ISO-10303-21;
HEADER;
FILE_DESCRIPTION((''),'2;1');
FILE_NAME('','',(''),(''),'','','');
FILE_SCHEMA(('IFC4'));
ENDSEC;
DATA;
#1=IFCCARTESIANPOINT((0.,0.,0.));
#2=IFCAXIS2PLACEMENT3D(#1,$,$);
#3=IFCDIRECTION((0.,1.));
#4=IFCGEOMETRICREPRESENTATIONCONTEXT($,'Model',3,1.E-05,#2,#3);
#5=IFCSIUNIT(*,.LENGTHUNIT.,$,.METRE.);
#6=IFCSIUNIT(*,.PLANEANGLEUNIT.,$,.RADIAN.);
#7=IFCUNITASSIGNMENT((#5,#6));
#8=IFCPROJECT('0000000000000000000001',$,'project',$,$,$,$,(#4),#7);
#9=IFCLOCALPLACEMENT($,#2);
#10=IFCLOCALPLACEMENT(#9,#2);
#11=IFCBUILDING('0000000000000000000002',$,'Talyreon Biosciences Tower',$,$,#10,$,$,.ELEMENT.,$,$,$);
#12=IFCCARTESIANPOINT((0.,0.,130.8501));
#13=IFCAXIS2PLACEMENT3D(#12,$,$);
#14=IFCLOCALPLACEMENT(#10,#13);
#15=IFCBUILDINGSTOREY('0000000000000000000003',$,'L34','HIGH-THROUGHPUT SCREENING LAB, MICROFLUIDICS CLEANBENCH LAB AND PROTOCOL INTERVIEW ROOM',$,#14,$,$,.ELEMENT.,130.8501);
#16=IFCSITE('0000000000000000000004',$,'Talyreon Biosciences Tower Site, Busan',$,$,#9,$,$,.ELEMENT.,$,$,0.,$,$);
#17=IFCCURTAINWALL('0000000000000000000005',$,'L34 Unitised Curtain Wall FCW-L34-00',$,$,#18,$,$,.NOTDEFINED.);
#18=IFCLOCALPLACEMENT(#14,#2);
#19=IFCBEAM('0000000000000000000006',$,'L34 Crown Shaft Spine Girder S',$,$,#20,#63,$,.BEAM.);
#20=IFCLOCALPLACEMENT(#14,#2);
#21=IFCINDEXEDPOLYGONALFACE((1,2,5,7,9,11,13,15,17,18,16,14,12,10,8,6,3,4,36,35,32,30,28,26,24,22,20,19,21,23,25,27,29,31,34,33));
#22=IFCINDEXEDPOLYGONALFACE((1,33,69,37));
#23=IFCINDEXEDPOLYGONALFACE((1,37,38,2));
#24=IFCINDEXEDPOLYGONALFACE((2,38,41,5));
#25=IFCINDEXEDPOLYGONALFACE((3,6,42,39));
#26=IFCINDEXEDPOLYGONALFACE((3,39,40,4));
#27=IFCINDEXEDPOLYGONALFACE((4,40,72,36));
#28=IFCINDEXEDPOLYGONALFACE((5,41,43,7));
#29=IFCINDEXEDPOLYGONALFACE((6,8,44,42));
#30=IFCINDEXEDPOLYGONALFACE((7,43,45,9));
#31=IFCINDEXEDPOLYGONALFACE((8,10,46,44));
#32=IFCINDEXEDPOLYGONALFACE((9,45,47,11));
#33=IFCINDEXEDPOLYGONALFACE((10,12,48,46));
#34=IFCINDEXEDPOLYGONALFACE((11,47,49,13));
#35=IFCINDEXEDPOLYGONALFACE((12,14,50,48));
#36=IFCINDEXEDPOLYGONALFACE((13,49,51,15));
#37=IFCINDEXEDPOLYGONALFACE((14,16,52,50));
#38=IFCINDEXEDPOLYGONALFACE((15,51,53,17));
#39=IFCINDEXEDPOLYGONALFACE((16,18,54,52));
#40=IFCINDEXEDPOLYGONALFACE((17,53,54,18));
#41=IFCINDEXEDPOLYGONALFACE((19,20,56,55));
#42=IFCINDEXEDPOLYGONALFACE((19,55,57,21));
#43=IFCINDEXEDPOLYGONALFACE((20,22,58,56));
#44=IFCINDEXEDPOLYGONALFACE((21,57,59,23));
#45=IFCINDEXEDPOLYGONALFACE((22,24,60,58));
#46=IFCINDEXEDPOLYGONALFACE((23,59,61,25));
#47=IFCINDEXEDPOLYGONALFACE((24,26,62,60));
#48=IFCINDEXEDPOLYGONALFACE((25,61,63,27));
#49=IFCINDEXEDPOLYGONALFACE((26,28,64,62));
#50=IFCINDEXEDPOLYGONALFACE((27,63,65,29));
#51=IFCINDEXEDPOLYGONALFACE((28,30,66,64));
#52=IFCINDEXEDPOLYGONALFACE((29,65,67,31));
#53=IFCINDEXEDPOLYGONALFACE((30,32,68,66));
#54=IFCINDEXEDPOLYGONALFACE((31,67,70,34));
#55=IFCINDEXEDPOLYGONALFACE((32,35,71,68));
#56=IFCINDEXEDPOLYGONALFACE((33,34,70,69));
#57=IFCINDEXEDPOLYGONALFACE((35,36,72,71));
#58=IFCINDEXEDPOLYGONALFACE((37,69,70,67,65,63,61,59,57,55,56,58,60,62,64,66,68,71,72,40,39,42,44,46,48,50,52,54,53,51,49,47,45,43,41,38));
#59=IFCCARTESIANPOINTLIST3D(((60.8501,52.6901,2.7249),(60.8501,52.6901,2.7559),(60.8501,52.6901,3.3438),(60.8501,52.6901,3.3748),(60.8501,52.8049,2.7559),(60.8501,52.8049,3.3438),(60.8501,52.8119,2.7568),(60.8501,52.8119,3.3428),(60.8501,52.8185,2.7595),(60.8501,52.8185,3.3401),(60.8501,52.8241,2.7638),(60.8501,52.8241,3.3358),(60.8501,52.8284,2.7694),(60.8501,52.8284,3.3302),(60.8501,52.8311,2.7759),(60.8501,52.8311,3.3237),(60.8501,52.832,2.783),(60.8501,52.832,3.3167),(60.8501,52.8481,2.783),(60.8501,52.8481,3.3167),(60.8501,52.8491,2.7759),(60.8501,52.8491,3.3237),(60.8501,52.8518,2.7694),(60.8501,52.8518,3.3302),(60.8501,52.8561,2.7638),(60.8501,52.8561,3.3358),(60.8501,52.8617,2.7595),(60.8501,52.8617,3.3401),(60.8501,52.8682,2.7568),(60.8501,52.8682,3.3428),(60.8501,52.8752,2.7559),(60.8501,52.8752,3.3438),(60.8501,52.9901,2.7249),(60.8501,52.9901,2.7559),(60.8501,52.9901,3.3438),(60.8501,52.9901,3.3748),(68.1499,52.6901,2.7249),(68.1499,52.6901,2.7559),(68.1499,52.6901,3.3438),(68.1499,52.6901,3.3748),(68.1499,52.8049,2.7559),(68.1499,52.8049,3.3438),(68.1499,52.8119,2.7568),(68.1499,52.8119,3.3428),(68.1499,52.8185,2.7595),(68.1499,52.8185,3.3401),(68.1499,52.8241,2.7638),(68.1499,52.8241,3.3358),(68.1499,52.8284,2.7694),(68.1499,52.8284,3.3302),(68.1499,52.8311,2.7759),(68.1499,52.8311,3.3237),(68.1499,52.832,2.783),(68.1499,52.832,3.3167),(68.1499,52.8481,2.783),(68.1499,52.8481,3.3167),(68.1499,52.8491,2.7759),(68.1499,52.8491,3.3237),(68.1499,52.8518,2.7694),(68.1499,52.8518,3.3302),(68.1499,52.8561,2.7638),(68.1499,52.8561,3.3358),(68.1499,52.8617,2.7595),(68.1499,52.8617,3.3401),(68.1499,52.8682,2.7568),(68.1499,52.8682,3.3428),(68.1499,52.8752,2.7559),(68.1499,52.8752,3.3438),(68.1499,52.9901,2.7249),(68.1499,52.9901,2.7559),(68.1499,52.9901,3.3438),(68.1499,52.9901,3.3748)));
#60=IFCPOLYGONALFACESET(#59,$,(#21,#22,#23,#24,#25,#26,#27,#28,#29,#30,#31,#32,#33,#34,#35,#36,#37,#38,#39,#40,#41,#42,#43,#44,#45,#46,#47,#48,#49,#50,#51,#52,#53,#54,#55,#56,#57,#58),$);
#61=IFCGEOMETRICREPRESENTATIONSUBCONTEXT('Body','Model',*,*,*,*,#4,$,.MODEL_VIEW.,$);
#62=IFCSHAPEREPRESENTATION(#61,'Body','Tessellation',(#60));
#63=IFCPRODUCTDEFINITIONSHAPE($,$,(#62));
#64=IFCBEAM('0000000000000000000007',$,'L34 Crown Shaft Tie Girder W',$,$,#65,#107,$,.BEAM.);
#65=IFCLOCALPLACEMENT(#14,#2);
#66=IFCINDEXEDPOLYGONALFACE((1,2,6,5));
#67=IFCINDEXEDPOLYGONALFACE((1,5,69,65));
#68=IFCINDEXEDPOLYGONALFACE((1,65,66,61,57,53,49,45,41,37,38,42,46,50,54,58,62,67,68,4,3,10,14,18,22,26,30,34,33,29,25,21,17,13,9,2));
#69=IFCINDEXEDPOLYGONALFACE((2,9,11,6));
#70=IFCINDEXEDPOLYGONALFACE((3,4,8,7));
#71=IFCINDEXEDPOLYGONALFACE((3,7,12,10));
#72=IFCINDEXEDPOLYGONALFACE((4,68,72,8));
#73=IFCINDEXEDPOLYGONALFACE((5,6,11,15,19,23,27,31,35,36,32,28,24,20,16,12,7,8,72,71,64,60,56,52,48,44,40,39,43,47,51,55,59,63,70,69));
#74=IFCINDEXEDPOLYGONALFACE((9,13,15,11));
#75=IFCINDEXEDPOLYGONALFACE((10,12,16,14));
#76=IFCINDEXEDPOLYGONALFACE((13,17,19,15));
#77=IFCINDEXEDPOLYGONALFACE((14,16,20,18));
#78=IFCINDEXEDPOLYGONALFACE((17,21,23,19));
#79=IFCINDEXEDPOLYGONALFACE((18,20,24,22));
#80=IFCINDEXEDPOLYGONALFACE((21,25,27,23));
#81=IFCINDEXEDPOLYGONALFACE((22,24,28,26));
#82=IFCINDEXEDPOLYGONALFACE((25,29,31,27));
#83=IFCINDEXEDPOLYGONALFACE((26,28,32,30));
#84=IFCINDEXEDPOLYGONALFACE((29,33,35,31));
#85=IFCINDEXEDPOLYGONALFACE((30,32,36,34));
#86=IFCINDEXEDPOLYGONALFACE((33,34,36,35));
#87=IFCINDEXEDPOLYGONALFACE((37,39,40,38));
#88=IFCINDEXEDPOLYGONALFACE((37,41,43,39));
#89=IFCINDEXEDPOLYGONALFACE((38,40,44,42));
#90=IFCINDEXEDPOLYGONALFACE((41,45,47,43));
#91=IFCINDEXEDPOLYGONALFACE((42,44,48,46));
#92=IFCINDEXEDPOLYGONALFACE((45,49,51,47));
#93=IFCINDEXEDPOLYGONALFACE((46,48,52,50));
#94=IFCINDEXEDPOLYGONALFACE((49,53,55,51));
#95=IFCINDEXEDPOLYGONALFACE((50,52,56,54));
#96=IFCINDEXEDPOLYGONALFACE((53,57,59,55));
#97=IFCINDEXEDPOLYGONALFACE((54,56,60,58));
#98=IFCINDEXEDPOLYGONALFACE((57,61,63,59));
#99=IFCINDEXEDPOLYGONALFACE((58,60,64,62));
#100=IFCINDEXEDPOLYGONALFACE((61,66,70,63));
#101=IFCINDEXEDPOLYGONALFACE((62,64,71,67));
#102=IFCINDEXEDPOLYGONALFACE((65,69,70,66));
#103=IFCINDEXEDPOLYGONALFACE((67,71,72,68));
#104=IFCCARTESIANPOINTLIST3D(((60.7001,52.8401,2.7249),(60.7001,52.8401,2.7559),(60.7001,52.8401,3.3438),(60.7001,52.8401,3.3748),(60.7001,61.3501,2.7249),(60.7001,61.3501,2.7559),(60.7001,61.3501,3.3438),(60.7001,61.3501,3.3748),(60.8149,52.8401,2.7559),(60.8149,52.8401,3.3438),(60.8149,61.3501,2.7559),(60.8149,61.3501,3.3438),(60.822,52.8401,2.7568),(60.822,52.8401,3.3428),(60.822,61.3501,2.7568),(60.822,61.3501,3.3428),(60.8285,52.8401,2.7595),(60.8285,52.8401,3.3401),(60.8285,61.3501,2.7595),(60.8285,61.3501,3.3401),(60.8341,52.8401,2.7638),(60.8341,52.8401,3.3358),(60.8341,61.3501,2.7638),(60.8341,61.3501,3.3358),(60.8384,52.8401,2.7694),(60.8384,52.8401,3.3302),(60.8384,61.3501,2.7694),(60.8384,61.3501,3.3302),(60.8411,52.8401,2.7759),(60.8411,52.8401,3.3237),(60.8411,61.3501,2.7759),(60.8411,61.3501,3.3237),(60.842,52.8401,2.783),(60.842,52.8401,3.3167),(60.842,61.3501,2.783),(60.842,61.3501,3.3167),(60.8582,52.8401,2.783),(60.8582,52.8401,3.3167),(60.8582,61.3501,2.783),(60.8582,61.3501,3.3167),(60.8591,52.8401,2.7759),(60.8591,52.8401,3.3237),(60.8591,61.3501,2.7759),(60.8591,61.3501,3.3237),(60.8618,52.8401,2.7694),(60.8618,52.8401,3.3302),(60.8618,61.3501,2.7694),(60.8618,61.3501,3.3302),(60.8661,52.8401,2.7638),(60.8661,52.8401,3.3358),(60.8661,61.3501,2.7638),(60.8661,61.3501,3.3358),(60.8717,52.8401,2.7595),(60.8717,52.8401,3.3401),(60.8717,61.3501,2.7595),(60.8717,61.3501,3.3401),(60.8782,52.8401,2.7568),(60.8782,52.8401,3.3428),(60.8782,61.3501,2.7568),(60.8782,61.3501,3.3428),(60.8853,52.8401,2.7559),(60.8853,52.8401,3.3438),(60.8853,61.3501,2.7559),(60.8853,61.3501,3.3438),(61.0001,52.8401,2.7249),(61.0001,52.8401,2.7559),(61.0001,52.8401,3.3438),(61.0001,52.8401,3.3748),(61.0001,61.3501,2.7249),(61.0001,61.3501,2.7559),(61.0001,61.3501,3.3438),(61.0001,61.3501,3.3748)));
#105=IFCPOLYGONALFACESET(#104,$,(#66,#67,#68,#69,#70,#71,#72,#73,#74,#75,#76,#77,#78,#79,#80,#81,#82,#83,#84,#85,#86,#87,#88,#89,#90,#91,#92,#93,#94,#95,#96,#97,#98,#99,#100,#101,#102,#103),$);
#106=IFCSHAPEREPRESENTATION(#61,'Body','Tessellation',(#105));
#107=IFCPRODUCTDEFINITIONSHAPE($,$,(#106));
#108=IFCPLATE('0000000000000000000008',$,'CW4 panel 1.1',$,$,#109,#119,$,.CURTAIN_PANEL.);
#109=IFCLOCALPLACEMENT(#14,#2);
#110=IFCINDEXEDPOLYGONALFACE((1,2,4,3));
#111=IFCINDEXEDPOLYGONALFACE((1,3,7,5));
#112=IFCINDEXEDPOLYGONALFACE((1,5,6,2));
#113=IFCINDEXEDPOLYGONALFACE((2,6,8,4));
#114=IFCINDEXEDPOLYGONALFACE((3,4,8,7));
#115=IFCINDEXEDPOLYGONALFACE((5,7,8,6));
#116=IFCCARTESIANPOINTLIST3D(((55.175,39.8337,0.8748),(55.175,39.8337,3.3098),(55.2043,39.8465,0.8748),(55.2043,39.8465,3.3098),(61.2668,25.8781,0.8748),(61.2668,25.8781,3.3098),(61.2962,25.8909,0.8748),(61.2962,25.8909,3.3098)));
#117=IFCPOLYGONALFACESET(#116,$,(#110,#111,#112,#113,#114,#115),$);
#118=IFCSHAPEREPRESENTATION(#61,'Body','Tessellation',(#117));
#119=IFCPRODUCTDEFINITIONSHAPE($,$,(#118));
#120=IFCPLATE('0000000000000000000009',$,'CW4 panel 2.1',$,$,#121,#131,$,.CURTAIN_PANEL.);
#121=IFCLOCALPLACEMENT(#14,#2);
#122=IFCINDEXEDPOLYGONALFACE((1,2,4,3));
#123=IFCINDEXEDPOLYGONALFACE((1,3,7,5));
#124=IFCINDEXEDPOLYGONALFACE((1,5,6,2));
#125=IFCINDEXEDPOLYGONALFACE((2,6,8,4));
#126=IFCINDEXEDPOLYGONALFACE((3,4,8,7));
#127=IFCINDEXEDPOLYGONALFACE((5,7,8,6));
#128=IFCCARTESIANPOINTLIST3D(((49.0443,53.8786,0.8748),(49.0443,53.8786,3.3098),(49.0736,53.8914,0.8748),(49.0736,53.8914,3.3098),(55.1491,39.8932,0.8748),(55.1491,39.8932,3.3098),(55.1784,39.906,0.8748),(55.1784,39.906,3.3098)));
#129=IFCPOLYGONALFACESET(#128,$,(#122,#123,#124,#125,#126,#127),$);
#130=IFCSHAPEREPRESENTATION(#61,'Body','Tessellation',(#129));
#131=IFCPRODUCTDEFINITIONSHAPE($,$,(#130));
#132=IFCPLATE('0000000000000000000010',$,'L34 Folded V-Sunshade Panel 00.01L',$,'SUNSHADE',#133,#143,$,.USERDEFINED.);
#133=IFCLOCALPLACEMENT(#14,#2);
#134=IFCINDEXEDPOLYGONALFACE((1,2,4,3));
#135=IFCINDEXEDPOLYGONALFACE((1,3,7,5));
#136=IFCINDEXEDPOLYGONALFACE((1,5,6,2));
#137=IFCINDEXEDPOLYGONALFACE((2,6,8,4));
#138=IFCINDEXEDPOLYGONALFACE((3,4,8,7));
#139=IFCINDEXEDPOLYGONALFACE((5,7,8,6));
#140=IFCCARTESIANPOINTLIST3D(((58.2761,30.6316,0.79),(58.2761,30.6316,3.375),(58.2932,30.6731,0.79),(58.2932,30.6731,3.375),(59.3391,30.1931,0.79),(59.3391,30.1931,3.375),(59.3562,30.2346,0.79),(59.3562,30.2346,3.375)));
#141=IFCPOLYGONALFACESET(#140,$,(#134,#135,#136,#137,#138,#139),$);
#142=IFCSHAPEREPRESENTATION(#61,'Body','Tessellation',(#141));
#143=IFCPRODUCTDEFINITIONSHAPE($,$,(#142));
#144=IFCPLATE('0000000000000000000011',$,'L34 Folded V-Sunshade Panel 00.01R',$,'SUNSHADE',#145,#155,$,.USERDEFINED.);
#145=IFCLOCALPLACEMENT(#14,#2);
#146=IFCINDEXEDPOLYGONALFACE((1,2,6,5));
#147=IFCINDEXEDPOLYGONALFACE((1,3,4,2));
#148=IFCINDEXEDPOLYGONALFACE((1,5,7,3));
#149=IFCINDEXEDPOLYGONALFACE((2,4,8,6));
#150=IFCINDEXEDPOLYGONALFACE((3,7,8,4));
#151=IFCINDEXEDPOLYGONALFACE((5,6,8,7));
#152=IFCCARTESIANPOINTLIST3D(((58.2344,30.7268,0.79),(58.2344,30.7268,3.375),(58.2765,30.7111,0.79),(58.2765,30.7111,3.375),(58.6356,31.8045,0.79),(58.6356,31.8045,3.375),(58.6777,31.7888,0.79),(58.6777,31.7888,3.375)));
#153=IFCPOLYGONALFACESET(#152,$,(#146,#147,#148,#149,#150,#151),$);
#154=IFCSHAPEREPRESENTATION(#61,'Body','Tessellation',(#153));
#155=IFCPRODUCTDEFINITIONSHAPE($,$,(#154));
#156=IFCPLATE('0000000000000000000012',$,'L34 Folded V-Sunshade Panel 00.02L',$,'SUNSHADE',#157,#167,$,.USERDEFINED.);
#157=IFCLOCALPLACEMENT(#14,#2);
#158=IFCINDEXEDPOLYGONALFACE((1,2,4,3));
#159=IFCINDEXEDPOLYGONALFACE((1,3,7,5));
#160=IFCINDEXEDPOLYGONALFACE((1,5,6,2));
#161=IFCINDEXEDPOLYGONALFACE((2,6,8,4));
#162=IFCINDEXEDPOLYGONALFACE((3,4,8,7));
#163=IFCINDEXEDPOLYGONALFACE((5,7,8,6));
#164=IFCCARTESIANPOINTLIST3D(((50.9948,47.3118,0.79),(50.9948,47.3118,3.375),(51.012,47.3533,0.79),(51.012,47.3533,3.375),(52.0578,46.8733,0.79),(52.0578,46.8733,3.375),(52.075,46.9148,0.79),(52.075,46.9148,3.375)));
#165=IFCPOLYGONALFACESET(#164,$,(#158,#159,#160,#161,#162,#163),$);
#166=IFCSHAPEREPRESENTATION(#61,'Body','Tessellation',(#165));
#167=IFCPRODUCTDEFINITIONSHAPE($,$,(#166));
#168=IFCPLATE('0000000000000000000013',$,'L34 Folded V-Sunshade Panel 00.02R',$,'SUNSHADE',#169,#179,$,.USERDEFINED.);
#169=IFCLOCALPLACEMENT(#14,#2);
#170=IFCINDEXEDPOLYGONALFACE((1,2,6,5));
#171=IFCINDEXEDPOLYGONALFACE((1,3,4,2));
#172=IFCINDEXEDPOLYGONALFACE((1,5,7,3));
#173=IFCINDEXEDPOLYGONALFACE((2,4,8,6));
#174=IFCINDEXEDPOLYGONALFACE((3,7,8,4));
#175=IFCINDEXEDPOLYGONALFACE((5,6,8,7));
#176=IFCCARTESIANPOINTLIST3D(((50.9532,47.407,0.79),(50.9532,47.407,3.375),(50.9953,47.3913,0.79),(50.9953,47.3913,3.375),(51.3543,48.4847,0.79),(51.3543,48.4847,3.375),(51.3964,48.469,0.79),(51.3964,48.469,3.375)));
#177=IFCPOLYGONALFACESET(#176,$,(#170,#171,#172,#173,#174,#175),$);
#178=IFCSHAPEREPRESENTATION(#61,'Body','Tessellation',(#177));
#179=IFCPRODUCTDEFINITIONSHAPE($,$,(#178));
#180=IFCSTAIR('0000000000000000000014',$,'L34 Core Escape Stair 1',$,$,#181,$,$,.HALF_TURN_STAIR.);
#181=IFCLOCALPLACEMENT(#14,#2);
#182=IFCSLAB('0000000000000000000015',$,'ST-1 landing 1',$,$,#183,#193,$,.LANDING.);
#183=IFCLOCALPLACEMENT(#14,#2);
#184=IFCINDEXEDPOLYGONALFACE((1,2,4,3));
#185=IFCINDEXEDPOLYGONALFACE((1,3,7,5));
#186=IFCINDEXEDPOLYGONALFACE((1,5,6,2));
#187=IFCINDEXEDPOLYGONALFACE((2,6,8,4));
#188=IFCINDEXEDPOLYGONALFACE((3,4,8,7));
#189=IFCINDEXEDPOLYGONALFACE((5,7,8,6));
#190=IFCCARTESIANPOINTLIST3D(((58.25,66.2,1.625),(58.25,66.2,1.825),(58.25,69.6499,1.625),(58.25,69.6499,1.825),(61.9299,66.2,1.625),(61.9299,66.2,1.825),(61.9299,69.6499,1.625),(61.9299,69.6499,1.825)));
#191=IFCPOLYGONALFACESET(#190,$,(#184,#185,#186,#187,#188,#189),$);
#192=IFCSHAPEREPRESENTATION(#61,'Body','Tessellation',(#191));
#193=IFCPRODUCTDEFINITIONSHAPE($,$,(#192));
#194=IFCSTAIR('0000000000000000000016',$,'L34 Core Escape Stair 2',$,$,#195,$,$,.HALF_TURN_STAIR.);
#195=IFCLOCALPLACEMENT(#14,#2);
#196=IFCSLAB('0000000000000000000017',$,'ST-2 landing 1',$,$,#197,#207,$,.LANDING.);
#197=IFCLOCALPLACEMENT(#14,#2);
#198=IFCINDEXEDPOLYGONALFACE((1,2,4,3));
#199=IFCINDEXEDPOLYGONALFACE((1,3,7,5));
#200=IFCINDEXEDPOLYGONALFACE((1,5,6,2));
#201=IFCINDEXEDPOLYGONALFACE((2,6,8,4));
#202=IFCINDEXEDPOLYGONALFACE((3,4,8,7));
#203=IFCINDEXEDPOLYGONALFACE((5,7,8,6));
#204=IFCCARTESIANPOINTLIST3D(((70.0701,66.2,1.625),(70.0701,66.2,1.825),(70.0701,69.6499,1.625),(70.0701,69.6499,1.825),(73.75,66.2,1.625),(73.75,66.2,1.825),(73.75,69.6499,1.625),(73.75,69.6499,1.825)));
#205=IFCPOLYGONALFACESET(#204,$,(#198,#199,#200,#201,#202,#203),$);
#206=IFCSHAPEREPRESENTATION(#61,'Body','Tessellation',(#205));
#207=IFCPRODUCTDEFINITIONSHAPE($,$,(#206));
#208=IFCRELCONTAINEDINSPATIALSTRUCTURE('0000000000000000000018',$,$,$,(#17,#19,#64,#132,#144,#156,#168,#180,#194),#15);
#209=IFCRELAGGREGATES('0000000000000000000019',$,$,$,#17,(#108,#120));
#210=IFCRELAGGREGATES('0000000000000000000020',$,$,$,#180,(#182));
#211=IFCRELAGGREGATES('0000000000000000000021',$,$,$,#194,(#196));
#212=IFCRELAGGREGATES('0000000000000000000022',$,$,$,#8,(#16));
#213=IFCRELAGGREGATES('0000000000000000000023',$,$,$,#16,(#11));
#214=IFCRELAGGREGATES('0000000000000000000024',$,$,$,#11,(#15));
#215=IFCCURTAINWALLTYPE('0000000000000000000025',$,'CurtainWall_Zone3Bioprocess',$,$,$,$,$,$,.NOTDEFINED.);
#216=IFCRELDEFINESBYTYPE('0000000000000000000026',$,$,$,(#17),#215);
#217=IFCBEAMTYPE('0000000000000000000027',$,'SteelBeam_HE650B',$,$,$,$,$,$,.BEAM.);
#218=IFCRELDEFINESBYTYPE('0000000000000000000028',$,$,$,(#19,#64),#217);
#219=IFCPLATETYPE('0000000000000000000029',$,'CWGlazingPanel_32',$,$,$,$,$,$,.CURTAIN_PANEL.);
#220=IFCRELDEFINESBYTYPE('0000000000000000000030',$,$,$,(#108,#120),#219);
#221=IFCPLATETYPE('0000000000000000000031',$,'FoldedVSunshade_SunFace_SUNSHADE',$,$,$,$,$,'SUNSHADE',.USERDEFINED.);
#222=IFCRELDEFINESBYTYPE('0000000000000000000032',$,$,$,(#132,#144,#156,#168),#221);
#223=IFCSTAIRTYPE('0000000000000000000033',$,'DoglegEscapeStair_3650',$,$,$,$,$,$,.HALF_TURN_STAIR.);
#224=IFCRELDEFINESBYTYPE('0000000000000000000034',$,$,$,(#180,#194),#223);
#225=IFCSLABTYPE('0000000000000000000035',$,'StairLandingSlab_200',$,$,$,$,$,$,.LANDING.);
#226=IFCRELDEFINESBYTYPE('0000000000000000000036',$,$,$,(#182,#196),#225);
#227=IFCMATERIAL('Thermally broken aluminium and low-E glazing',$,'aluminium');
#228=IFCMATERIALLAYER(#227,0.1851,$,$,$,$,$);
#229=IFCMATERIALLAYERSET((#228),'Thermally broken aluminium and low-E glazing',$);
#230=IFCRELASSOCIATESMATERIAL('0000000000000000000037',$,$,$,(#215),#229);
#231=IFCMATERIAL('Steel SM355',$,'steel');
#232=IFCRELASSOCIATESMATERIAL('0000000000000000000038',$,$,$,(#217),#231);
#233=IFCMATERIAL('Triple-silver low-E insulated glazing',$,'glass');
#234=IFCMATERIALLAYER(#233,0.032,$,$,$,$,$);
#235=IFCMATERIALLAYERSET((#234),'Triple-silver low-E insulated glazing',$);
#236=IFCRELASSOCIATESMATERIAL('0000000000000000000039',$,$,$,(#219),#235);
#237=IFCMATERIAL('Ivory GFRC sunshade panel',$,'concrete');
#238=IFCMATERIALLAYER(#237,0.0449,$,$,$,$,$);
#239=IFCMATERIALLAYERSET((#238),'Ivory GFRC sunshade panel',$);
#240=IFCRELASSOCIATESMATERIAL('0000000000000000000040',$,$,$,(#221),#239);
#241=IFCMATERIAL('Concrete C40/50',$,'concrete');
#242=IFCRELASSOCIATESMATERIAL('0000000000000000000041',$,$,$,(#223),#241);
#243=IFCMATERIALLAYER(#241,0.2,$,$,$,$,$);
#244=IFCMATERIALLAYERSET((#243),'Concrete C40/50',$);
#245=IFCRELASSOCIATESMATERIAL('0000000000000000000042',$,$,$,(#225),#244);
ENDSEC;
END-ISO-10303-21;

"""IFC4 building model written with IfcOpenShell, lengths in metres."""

from ifc_helpers import new_model, si_unit, direction, frame, origin, origin_2d, place, context, subcontext, project, spatial, polyline, rectangle, i_section, outline, extrude, material, layer, layer_set, material_profile, profile_set, type_object, element, aggregate, save


model = new_model("IFC4")

# Units and contexts
model_context = context("Model", 3, precision=1e-05, world=origin(), true_north=direction((0.0, 1.0)))
body_context = subcontext(model_context, "Body", "Model", "MODEL_VIEW")
ifc_project = project(units=[si_unit("LENGTHUNIT", "METRE"), si_unit("PLANEANGLEUNIT", "RADIAN")], contexts=[model_context])

# Site, building, storey
site_placement = place(None, origin())
site = spatial("IfcSite", under=ifc_project, at=site_placement, Name="Talyreon Biosciences Tower Site, Busan", CompositionType="ELEMENT", RefElevation=0.0)
building_placement = place(site_placement, origin())
building = spatial("IfcBuilding", under=site, at=building_placement, Name="Talyreon Biosciences Tower", CompositionType="ELEMENT")
storey_placement = place(building_placement, frame((0.0, 0.0, 130.8501)))
storey = spatial("IfcBuildingStorey", under=building, at=storey_placement, Name="L34", Description="HIGH-THROUGHPUT SCREENING LAB, MICROFLUIDICS CLEANBENCH LAB AND PROTOCOL INTERVIEW ROOM", CompositionType="ELEMENT", Elevation=130.8501)

# Curtain wall
ifc_material_1 = material(Name="Thermally broken aluminium and low-E glazing", Category="aluminium")
ifc_layer_1 = layer(ifc_material_1, 0.1851)
ifc_layer_set_1 = layer_set([ifc_layer_1], Name="Thermally broken aluminium and low-E glazing")
curtain_wall_type = type_object("IfcCurtainWallType", Name="CurtainWall_Zone3Bioprocess", PredefinedType="NOTDEFINED", material=ifc_layer_set_1)
curtain_wall_placement = place(storey_placement, origin())
curtain_wall = element("IfcCurtainWall", 1, at=curtain_wall_placement, inside=storey, type_object=curtain_wall_type, Name="L34 Unitised Curtain Wall FCW-L34-00", PredefinedType="NOTDEFINED")

# Beams
ifc_material_2 = material(Name="Steel SM355", Category="steel")
ifc_material_profile_1 = material_profile(ifc_material_2, i_section(OverallWidth=0.3, OverallDepth=0.6499, WebThickness=0.0161, FlangeThickness=0.031, FilletRadius=0.0271, at=origin_2d()), Name="HE650B")
ifc_profile_set_1 = profile_set([ifc_material_profile_1], Name="Steel SM355")
beam_type_1 = type_object("IfcBeamType", Name="SteelBeam_HE650B", PredefinedType="BEAM", material=ifc_profile_set_1)
beam_1_placement = place(storey_placement, frame((60.8501, 52.8401, 3.0498), z_axis=(1.0, 0.0, 0.0), x_axis=(0.0, 1.0, 0.0)))
element("IfcBeam", 2, at=beam_1_placement, inside=storey, type_object=beam_type_1, Name="L34 Crown Shaft Spine Girder S", PredefinedType="BEAM", context=body_context, shape_type="SweptSolid", body=[
    extrude(i_section(OverallWidth=0.3, OverallDepth=0.6499, WebThickness=0.0161, FlangeThickness=0.031, FilletRadius=0.0271, at=origin_2d()), origin(), (0.0, 0.0, 1.0), 7.2998),
])
beam_2_placement = place(storey_placement, frame((60.8501, 52.8401, 3.0498), z_axis=(0.0, 1.0, 0.0), x_axis=(-1.0, 0.0, 0.0)))
element("IfcBeam", 3, at=beam_2_placement, inside=storey, type_object=beam_type_1, Name="L34 Crown Shaft Tie Girder W", PredefinedType="BEAM", context=body_context, shape_type="SweptSolid", body=[
    extrude(i_section(OverallWidth=0.3, OverallDepth=0.6499, WebThickness=0.0161, FlangeThickness=0.031, FilletRadius=0.0271, at=origin_2d()), origin(), (0.0, 0.0, 1.0), 8.51),
])

# Plates
ifc_material_3 = material(Name="Triple-silver low-E insulated glazing", Category="glass")
ifc_layer_2 = layer(ifc_material_3, 0.032)
ifc_layer_set_2 = layer_set([ifc_layer_2], Name="Triple-silver low-E insulated glazing")
plate_type_1 = type_object("IfcPlateType", Name="CWGlazingPanel_32", PredefinedType="CURTAIN_PANEL", material=ifc_layer_set_2)
plate_1_placement = place(storey_placement, frame((58.2356, 32.8623, 0.8748), z_axis=(0.0, 0.0, 1.0), x_axis=(-0.400058, 0.91649, 0.0)))
plate_1 = element("IfcPlate", 4, at=plate_1_placement, type_object=plate_type_1, Name="CW4 panel 1.1", PredefinedType="CURTAIN_PANEL", context=body_context, shape_type="SweptSolid", body=[
    extrude(rectangle(XDim=15.2273, YDim=0.032, at=origin_2d()), origin(), (0.0, 0.0, 1.0), 2.4351),
])
plate_2_placement = place(storey_placement, frame((52.1113, 46.8923, 0.8748), z_axis=(0.0, 0.0, 1.0), x_axis=(-0.400058, 0.91649, 0.0)))
plate_2 = element("IfcPlate", 5, at=plate_2_placement, type_object=plate_type_1, Name="CW4 panel 2.1", PredefinedType="CURTAIN_PANEL", context=body_context, shape_type="SweptSolid", body=[
    extrude(rectangle(XDim=15.2598, YDim=0.032, at=origin_2d()), origin(), (0.0, 0.0, 1.0), 2.4351),
])
aggregate(curtain_wall, [plate_1, plate_2])

# Plates
ifc_material_4 = material(Name="Ivory GFRC sunshade panel", Category="concrete")
ifc_layer_3 = layer(ifc_material_4, 0.0449)
ifc_layer_set_3 = layer_set([ifc_layer_3], Name="Ivory GFRC sunshade panel")
plate_type_2 = type_object("IfcPlateType", Name="FoldedVSunshade_SunFace_SUNSHADE", ElementType="SUNSHADE", PredefinedType="USERDEFINED", material=ifc_layer_set_3)
for number, where, z_axis, x_axis, name in (
    (6, (58.8162, 30.4331, 0.79), (0.0, 0.0, 1.0), (-0.924426, 0.381361, 0.0), "L34 Folded V-Sunshade Panel 00.01L"),
    (7, (58.4561, 31.2578, 0.79), (0.0, 0.0, 1.0), (0.348866, 0.937172, 0.0), "L34 Folded V-Sunshade Panel 00.01R"),
    (8, (51.5349, 47.1133, 0.79), (0.0, 0.0, 1.0), (-0.924426, 0.381361, 0.0), "L34 Folded V-Sunshade Panel 00.02L"),
    (9, (51.1748, 47.938, 0.79), (0.0, 0.0, 1.0), (0.348866, 0.937172, 0.0), "L34 Folded V-Sunshade Panel 00.02R"),
):
    element("IfcPlate", number, at=place(storey_placement, frame(where, z_axis=z_axis, x_axis=x_axis)), inside=storey, type_object=plate_type_2, Name=name, ObjectType="SUNSHADE", PredefinedType="USERDEFINED", context=body_context, shape_type="SweptSolid", body=[
        extrude(rectangle(XDim=1.1499, YDim=0.0449, at=origin_2d()), origin(), (0.0, 0.0, 1.0), 2.585),
    ])

# Stairs, slabs
ifc_material_5 = material(Name="Concrete C40/50", Category="concrete")
stair_type = type_object("IfcStairType", Name="DoglegEscapeStair_3650", PredefinedType="HALF_TURN_STAIR", material=ifc_material_5)
stair_1_placement = place(storey_placement, origin())
stair_1 = element("IfcStair", 10, at=stair_1_placement, inside=storey, type_object=stair_type, Name="L34 Core Escape Stair 1", PredefinedType="HALF_TURN_STAIR")
ifc_layer_4 = layer(ifc_material_5, 0.2)
ifc_layer_set_4 = layer_set([ifc_layer_4], Name="Concrete C40/50")
slab_type_1 = type_object("IfcSlabType", Name="StairLandingSlab_200", PredefinedType="LANDING", material=ifc_layer_set_4)
slab_1_placement = place(storey_placement, frame((0.0, 0.0, 1.625)))
slab_1 = element("IfcSlab", 11, at=slab_1_placement, type_object=slab_type_1, Name="ST-1 landing 1", PredefinedType="LANDING", context=body_context, shape_type="SweptSolid", body=[
    extrude(outline(polyline([(61.9299, 66.2), (61.9299, 69.6499), (58.25, 69.6499), (58.25, 66.2), (61.9299, 66.2)])), origin(), (0.0, 0.0, 1.0), 0.2),
])
aggregate(stair_1, [slab_1])
stair_2_placement = place(storey_placement, origin())
stair_2 = element("IfcStair", 12, at=stair_2_placement, inside=storey, type_object=stair_type, Name="L34 Core Escape Stair 2", PredefinedType="HALF_TURN_STAIR")
slab_2_placement = place(storey_placement, frame((0.0, 0.0, 1.625)))
slab_2 = element("IfcSlab", 13, at=slab_2_placement, type_object=slab_type_1, Name="ST-2 landing 1", PredefinedType="LANDING", context=body_context, shape_type="SweptSolid", body=[
    extrude(outline(polyline([(73.75, 66.2), (73.75, 69.6499), (70.0701, 69.6499), (70.0701, 66.2), (73.75, 66.2)])), origin(), (0.0, 0.0, 1.0), 0.2),
])
aggregate(stair_2, [slab_2])

save(model, "model.ifc")
